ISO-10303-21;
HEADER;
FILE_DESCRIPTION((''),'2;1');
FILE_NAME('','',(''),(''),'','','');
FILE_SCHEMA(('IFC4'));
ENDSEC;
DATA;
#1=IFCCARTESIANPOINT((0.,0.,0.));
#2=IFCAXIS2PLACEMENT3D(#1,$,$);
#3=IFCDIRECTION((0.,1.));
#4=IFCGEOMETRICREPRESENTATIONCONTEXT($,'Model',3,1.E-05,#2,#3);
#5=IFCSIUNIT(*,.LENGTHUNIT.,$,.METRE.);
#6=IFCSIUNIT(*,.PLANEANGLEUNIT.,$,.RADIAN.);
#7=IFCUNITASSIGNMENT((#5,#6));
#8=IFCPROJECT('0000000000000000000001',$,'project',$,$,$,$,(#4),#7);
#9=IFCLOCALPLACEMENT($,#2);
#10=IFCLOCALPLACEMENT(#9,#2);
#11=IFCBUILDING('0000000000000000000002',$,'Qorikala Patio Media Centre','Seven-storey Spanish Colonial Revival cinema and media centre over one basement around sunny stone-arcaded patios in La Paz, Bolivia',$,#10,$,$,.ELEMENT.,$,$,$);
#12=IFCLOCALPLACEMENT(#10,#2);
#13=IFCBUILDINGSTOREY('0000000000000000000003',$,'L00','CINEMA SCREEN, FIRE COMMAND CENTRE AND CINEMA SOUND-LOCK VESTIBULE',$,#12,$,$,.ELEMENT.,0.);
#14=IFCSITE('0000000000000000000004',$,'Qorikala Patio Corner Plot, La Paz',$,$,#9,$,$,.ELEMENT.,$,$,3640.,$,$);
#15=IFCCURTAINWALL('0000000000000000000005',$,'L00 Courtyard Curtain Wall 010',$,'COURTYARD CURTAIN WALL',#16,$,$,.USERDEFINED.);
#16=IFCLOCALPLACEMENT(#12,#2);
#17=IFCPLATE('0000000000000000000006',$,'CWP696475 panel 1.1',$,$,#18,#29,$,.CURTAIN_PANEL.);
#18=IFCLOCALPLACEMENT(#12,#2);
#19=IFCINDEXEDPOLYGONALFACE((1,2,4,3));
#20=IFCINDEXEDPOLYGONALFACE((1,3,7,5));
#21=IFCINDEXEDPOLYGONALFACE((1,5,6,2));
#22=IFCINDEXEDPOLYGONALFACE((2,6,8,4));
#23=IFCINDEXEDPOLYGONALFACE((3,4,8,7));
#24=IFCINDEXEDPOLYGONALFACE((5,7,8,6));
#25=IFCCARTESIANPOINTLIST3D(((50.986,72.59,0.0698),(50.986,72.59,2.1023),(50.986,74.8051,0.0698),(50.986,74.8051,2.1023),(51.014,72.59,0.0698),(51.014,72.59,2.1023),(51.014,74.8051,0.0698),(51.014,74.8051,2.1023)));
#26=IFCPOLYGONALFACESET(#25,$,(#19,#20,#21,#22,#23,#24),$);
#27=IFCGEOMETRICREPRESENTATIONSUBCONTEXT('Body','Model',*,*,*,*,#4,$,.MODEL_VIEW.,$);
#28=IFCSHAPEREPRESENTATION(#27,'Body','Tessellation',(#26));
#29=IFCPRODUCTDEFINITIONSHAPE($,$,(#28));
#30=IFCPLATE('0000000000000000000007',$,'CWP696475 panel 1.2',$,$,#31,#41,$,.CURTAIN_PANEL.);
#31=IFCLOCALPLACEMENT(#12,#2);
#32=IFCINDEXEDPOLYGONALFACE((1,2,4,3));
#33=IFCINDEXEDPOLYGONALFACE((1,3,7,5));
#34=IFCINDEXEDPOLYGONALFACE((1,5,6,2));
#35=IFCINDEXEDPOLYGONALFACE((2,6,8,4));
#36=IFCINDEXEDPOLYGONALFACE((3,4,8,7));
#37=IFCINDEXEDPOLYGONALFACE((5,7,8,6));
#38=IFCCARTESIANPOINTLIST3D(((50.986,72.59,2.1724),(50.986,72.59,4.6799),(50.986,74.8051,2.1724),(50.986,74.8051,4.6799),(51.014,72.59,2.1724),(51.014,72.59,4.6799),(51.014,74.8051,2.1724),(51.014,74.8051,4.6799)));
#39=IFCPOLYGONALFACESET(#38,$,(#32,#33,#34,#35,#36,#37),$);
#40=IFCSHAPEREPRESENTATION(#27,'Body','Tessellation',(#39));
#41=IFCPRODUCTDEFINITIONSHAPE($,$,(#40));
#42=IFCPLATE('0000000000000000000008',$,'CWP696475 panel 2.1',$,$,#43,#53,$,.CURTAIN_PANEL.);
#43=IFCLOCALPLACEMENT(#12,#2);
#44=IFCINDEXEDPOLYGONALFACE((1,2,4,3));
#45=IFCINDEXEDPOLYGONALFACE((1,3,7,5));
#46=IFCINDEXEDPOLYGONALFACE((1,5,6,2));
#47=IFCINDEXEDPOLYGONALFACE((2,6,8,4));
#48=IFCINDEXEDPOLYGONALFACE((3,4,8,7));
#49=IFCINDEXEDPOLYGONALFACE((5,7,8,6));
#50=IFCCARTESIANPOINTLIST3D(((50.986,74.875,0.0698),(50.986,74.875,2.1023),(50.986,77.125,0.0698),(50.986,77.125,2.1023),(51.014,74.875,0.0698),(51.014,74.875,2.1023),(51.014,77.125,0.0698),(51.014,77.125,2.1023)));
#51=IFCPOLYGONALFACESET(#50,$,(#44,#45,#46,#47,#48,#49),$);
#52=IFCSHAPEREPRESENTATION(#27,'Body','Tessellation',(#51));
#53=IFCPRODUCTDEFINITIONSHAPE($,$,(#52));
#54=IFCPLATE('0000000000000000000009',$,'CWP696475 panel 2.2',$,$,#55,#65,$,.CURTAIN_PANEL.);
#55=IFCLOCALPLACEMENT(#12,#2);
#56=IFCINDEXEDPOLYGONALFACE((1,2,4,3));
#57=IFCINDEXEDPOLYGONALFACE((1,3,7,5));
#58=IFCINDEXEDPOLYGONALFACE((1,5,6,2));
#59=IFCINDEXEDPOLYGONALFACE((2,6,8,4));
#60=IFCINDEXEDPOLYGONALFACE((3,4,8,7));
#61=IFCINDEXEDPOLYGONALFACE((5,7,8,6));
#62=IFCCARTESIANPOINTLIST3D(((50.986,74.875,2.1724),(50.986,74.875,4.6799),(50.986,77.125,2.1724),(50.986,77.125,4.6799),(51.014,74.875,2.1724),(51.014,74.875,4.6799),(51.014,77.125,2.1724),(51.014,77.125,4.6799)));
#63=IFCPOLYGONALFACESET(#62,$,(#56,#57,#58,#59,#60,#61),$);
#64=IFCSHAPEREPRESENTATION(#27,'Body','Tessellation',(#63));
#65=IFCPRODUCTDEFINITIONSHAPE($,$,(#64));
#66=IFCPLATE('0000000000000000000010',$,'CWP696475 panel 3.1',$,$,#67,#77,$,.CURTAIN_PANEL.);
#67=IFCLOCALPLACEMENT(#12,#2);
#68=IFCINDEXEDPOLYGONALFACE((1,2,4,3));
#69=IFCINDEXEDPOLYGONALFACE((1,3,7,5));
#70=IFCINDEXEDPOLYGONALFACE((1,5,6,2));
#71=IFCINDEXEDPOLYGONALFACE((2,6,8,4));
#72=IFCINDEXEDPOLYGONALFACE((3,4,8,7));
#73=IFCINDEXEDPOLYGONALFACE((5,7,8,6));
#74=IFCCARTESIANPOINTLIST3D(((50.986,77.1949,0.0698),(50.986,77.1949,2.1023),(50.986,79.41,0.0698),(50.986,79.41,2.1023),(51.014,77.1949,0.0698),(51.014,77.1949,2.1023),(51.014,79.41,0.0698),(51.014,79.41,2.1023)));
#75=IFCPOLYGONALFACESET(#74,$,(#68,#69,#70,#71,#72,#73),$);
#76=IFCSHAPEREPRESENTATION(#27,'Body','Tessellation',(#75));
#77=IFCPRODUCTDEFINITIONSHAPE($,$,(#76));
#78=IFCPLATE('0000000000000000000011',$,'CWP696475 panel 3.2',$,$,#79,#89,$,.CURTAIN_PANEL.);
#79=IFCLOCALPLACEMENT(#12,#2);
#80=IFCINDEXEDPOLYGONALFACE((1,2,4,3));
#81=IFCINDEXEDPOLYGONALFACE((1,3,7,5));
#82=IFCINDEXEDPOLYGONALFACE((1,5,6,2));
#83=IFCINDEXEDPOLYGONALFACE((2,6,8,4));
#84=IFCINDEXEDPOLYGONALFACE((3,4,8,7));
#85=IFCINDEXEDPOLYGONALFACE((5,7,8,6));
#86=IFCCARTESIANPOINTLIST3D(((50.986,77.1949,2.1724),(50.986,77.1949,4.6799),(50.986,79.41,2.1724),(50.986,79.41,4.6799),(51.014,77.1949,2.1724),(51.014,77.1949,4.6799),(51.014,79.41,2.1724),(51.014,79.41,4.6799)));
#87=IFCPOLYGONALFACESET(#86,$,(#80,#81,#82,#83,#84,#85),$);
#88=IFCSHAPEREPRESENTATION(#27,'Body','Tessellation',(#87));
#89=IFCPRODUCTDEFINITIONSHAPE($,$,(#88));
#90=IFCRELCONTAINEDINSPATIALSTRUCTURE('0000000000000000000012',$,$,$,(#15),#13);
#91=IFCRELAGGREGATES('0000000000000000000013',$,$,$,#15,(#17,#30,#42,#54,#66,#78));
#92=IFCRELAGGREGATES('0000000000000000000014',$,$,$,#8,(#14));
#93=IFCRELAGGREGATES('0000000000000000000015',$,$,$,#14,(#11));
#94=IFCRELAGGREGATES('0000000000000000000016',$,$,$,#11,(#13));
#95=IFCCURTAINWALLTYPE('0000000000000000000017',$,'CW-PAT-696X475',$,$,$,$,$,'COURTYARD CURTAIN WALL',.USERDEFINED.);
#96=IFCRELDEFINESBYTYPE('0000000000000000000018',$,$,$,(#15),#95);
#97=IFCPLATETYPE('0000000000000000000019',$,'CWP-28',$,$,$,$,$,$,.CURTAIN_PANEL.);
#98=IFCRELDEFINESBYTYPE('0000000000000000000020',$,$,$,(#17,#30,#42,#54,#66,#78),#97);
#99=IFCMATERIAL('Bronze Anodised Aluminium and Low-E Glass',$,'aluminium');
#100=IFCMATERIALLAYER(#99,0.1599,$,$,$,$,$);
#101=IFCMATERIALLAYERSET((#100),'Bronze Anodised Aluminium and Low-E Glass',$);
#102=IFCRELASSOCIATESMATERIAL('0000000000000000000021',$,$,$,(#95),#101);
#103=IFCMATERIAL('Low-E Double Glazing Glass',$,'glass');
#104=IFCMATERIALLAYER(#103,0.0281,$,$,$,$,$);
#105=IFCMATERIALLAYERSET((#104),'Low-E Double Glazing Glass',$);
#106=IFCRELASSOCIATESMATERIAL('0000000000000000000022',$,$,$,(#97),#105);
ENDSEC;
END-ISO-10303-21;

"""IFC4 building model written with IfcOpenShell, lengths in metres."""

from ifc_helpers import new_model, si_unit, direction, frame, origin, origin_2d, place, context, subcontext, project, spatial, rectangle, extrude, material, layer, layer_set, type_object, element, aggregate, save


model = new_model("IFC4")

# Units and contexts
model_context = context("Model", 3, precision=1e-05, world=origin(), true_north=direction((0.0, 1.0)))
body_context = subcontext(model_context, "Body", "Model", "MODEL_VIEW")
ifc_project = project(units=[si_unit("LENGTHUNIT", "METRE"), si_unit("PLANEANGLEUNIT", "RADIAN")], contexts=[model_context])

# Site, building, storey
site_placement = place(None, origin())
site = spatial("IfcSite", under=ifc_project, at=site_placement, Name="Qorikala Patio Corner Plot, La Paz", CompositionType="ELEMENT", RefElevation=3640.0)
building_placement = place(site_placement, origin())
building = spatial("IfcBuilding", under=site, at=building_placement, Name="Qorikala Patio Media Centre", Description="Seven-storey Spanish Colonial Revival cinema and media centre over one basement around sunny stone-arcaded patios in La Paz, Bolivia", CompositionType="ELEMENT")
storey_placement = place(building_placement, origin())
storey = spatial("IfcBuildingStorey", under=building, at=storey_placement, Name="L00", Description="CINEMA SCREEN, FIRE COMMAND CENTRE AND CINEMA SOUND-LOCK VESTIBULE", CompositionType="ELEMENT", Elevation=0.0)

# Curtain wall
ifc_material_1 = material(Name="Bronze Anodised Aluminium and Low-E Glass", Category="aluminium")
ifc_layer_1 = layer(ifc_material_1, 0.1599)
ifc_layer_set_1 = layer_set([ifc_layer_1], Name="Bronze Anodised Aluminium and Low-E Glass")
curtain_wall_type = type_object("IfcCurtainWallType", Name="CW-PAT-696X475", ElementType="COURTYARD CURTAIN WALL", PredefinedType="USERDEFINED", material=ifc_layer_set_1)
curtain_wall_1_placement = place(storey_placement, origin())
curtain_wall_1 = element("IfcCurtainWall", 1, at=curtain_wall_1_placement, inside=storey, type_object=curtain_wall_type, Name="L00 Courtyard Curtain Wall 010", ObjectType="COURTYARD CURTAIN WALL", PredefinedType="USERDEFINED")

# Plates
ifc_material_2 = material(Name="Low-E Double Glazing Glass", Category="glass")
ifc_layer_2 = layer(ifc_material_2, 0.0281)
ifc_layer_set_2 = layer_set([ifc_layer_2], Name="Low-E Double Glazing Glass")
plate_type = type_object("IfcPlateType", Name="CWP-28", PredefinedType="CURTAIN_PANEL", material=ifc_layer_set_2)
plate_1_placement = place(storey_placement, frame((51.0, 73.6975, 0.0698), z_axis=(0.0, 0.0, 1.0), x_axis=(0.0, 1.0, 0.0)))
plate_1 = element("IfcPlate", 2, at=plate_1_placement, type_object=plate_type, Name="CWP696475 panel 1.1", PredefinedType="CURTAIN_PANEL", context=body_context, shape_type="SweptSolid", body=[
    extrude(rectangle(XDim=2.2151, YDim=0.0281, at=origin_2d()), origin(), (0.0, 0.0, 1.0), 2.0325),
])
plate_2_placement = place(storey_placement, frame((51.0, 73.6975, 2.1724), z_axis=(0.0, 0.0, 1.0), x_axis=(0.0, 1.0, 0.0)))
plate_2 = element("IfcPlate", 3, at=plate_2_placement, type_object=plate_type, Name="CWP696475 panel 1.2", PredefinedType="CURTAIN_PANEL", context=body_context, shape_type="SweptSolid", body=[
    extrude(rectangle(XDim=2.2151, YDim=0.0281, at=origin_2d()), origin(), (0.0, 0.0, 1.0), 2.5076),
])
plate_3_placement = place(storey_placement, frame((51.0, 76.0, 0.0698), z_axis=(0.0, 0.0, 1.0), x_axis=(0.0, 1.0, 0.0)))
plate_3 = element("IfcPlate", 4, at=plate_3_placement, type_object=plate_type, Name="CWP696475 panel 2.1", PredefinedType="CURTAIN_PANEL", context=body_context, shape_type="SweptSolid", body=[
    extrude(rectangle(XDim=2.25, YDim=0.0281, at=origin_2d()), origin(), (0.0, 0.0, 1.0), 2.0325),
])
plate_4_placement = place(storey_placement, frame((51.0, 76.0, 2.1724), z_axis=(0.0, 0.0, 1.0), x_axis=(0.0, 1.0, 0.0)))
plate_4 = element("IfcPlate", 5, at=plate_4_placement, type_object=plate_type, Name="CWP696475 panel 2.2", PredefinedType="CURTAIN_PANEL", context=body_context, shape_type="SweptSolid", body=[
    extrude(rectangle(XDim=2.25, YDim=0.0281, at=origin_2d()), origin(), (0.0, 0.0, 1.0), 2.5076),
])
plate_5_placement = place(storey_placement, frame((51.0, 78.3025, 0.0698), z_axis=(0.0, 0.0, 1.0), x_axis=(0.0, 1.0, 0.0)))
plate_5 = element("IfcPlate", 6, at=plate_5_placement, type_object=plate_type, Name="CWP696475 panel 3.1", PredefinedType="CURTAIN_PANEL", context=body_context, shape_type="SweptSolid", body=[
    extrude(rectangle(XDim=2.2151, YDim=0.0281, at=origin_2d()), origin(), (0.0, 0.0, 1.0), 2.0325),
])
plate_6_placement = place(storey_placement, frame((51.0, 78.3025, 2.1724), z_axis=(0.0, 0.0, 1.0), x_axis=(0.0, 1.0, 0.0)))
plate_6 = element("IfcPlate", 7, at=plate_6_placement, type_object=plate_type, Name="CWP696475 panel 3.2", PredefinedType="CURTAIN_PANEL", context=body_context, shape_type="SweptSolid", body=[
    extrude(rectangle(XDim=2.2151, YDim=0.0281, at=origin_2d()), origin(), (0.0, 0.0, 1.0), 2.5076),
])
aggregate(curtain_wall_1, [plate_1, plate_2, plate_3, plate_4, plate_5, plate_6])

save(model, "model.ifc")
